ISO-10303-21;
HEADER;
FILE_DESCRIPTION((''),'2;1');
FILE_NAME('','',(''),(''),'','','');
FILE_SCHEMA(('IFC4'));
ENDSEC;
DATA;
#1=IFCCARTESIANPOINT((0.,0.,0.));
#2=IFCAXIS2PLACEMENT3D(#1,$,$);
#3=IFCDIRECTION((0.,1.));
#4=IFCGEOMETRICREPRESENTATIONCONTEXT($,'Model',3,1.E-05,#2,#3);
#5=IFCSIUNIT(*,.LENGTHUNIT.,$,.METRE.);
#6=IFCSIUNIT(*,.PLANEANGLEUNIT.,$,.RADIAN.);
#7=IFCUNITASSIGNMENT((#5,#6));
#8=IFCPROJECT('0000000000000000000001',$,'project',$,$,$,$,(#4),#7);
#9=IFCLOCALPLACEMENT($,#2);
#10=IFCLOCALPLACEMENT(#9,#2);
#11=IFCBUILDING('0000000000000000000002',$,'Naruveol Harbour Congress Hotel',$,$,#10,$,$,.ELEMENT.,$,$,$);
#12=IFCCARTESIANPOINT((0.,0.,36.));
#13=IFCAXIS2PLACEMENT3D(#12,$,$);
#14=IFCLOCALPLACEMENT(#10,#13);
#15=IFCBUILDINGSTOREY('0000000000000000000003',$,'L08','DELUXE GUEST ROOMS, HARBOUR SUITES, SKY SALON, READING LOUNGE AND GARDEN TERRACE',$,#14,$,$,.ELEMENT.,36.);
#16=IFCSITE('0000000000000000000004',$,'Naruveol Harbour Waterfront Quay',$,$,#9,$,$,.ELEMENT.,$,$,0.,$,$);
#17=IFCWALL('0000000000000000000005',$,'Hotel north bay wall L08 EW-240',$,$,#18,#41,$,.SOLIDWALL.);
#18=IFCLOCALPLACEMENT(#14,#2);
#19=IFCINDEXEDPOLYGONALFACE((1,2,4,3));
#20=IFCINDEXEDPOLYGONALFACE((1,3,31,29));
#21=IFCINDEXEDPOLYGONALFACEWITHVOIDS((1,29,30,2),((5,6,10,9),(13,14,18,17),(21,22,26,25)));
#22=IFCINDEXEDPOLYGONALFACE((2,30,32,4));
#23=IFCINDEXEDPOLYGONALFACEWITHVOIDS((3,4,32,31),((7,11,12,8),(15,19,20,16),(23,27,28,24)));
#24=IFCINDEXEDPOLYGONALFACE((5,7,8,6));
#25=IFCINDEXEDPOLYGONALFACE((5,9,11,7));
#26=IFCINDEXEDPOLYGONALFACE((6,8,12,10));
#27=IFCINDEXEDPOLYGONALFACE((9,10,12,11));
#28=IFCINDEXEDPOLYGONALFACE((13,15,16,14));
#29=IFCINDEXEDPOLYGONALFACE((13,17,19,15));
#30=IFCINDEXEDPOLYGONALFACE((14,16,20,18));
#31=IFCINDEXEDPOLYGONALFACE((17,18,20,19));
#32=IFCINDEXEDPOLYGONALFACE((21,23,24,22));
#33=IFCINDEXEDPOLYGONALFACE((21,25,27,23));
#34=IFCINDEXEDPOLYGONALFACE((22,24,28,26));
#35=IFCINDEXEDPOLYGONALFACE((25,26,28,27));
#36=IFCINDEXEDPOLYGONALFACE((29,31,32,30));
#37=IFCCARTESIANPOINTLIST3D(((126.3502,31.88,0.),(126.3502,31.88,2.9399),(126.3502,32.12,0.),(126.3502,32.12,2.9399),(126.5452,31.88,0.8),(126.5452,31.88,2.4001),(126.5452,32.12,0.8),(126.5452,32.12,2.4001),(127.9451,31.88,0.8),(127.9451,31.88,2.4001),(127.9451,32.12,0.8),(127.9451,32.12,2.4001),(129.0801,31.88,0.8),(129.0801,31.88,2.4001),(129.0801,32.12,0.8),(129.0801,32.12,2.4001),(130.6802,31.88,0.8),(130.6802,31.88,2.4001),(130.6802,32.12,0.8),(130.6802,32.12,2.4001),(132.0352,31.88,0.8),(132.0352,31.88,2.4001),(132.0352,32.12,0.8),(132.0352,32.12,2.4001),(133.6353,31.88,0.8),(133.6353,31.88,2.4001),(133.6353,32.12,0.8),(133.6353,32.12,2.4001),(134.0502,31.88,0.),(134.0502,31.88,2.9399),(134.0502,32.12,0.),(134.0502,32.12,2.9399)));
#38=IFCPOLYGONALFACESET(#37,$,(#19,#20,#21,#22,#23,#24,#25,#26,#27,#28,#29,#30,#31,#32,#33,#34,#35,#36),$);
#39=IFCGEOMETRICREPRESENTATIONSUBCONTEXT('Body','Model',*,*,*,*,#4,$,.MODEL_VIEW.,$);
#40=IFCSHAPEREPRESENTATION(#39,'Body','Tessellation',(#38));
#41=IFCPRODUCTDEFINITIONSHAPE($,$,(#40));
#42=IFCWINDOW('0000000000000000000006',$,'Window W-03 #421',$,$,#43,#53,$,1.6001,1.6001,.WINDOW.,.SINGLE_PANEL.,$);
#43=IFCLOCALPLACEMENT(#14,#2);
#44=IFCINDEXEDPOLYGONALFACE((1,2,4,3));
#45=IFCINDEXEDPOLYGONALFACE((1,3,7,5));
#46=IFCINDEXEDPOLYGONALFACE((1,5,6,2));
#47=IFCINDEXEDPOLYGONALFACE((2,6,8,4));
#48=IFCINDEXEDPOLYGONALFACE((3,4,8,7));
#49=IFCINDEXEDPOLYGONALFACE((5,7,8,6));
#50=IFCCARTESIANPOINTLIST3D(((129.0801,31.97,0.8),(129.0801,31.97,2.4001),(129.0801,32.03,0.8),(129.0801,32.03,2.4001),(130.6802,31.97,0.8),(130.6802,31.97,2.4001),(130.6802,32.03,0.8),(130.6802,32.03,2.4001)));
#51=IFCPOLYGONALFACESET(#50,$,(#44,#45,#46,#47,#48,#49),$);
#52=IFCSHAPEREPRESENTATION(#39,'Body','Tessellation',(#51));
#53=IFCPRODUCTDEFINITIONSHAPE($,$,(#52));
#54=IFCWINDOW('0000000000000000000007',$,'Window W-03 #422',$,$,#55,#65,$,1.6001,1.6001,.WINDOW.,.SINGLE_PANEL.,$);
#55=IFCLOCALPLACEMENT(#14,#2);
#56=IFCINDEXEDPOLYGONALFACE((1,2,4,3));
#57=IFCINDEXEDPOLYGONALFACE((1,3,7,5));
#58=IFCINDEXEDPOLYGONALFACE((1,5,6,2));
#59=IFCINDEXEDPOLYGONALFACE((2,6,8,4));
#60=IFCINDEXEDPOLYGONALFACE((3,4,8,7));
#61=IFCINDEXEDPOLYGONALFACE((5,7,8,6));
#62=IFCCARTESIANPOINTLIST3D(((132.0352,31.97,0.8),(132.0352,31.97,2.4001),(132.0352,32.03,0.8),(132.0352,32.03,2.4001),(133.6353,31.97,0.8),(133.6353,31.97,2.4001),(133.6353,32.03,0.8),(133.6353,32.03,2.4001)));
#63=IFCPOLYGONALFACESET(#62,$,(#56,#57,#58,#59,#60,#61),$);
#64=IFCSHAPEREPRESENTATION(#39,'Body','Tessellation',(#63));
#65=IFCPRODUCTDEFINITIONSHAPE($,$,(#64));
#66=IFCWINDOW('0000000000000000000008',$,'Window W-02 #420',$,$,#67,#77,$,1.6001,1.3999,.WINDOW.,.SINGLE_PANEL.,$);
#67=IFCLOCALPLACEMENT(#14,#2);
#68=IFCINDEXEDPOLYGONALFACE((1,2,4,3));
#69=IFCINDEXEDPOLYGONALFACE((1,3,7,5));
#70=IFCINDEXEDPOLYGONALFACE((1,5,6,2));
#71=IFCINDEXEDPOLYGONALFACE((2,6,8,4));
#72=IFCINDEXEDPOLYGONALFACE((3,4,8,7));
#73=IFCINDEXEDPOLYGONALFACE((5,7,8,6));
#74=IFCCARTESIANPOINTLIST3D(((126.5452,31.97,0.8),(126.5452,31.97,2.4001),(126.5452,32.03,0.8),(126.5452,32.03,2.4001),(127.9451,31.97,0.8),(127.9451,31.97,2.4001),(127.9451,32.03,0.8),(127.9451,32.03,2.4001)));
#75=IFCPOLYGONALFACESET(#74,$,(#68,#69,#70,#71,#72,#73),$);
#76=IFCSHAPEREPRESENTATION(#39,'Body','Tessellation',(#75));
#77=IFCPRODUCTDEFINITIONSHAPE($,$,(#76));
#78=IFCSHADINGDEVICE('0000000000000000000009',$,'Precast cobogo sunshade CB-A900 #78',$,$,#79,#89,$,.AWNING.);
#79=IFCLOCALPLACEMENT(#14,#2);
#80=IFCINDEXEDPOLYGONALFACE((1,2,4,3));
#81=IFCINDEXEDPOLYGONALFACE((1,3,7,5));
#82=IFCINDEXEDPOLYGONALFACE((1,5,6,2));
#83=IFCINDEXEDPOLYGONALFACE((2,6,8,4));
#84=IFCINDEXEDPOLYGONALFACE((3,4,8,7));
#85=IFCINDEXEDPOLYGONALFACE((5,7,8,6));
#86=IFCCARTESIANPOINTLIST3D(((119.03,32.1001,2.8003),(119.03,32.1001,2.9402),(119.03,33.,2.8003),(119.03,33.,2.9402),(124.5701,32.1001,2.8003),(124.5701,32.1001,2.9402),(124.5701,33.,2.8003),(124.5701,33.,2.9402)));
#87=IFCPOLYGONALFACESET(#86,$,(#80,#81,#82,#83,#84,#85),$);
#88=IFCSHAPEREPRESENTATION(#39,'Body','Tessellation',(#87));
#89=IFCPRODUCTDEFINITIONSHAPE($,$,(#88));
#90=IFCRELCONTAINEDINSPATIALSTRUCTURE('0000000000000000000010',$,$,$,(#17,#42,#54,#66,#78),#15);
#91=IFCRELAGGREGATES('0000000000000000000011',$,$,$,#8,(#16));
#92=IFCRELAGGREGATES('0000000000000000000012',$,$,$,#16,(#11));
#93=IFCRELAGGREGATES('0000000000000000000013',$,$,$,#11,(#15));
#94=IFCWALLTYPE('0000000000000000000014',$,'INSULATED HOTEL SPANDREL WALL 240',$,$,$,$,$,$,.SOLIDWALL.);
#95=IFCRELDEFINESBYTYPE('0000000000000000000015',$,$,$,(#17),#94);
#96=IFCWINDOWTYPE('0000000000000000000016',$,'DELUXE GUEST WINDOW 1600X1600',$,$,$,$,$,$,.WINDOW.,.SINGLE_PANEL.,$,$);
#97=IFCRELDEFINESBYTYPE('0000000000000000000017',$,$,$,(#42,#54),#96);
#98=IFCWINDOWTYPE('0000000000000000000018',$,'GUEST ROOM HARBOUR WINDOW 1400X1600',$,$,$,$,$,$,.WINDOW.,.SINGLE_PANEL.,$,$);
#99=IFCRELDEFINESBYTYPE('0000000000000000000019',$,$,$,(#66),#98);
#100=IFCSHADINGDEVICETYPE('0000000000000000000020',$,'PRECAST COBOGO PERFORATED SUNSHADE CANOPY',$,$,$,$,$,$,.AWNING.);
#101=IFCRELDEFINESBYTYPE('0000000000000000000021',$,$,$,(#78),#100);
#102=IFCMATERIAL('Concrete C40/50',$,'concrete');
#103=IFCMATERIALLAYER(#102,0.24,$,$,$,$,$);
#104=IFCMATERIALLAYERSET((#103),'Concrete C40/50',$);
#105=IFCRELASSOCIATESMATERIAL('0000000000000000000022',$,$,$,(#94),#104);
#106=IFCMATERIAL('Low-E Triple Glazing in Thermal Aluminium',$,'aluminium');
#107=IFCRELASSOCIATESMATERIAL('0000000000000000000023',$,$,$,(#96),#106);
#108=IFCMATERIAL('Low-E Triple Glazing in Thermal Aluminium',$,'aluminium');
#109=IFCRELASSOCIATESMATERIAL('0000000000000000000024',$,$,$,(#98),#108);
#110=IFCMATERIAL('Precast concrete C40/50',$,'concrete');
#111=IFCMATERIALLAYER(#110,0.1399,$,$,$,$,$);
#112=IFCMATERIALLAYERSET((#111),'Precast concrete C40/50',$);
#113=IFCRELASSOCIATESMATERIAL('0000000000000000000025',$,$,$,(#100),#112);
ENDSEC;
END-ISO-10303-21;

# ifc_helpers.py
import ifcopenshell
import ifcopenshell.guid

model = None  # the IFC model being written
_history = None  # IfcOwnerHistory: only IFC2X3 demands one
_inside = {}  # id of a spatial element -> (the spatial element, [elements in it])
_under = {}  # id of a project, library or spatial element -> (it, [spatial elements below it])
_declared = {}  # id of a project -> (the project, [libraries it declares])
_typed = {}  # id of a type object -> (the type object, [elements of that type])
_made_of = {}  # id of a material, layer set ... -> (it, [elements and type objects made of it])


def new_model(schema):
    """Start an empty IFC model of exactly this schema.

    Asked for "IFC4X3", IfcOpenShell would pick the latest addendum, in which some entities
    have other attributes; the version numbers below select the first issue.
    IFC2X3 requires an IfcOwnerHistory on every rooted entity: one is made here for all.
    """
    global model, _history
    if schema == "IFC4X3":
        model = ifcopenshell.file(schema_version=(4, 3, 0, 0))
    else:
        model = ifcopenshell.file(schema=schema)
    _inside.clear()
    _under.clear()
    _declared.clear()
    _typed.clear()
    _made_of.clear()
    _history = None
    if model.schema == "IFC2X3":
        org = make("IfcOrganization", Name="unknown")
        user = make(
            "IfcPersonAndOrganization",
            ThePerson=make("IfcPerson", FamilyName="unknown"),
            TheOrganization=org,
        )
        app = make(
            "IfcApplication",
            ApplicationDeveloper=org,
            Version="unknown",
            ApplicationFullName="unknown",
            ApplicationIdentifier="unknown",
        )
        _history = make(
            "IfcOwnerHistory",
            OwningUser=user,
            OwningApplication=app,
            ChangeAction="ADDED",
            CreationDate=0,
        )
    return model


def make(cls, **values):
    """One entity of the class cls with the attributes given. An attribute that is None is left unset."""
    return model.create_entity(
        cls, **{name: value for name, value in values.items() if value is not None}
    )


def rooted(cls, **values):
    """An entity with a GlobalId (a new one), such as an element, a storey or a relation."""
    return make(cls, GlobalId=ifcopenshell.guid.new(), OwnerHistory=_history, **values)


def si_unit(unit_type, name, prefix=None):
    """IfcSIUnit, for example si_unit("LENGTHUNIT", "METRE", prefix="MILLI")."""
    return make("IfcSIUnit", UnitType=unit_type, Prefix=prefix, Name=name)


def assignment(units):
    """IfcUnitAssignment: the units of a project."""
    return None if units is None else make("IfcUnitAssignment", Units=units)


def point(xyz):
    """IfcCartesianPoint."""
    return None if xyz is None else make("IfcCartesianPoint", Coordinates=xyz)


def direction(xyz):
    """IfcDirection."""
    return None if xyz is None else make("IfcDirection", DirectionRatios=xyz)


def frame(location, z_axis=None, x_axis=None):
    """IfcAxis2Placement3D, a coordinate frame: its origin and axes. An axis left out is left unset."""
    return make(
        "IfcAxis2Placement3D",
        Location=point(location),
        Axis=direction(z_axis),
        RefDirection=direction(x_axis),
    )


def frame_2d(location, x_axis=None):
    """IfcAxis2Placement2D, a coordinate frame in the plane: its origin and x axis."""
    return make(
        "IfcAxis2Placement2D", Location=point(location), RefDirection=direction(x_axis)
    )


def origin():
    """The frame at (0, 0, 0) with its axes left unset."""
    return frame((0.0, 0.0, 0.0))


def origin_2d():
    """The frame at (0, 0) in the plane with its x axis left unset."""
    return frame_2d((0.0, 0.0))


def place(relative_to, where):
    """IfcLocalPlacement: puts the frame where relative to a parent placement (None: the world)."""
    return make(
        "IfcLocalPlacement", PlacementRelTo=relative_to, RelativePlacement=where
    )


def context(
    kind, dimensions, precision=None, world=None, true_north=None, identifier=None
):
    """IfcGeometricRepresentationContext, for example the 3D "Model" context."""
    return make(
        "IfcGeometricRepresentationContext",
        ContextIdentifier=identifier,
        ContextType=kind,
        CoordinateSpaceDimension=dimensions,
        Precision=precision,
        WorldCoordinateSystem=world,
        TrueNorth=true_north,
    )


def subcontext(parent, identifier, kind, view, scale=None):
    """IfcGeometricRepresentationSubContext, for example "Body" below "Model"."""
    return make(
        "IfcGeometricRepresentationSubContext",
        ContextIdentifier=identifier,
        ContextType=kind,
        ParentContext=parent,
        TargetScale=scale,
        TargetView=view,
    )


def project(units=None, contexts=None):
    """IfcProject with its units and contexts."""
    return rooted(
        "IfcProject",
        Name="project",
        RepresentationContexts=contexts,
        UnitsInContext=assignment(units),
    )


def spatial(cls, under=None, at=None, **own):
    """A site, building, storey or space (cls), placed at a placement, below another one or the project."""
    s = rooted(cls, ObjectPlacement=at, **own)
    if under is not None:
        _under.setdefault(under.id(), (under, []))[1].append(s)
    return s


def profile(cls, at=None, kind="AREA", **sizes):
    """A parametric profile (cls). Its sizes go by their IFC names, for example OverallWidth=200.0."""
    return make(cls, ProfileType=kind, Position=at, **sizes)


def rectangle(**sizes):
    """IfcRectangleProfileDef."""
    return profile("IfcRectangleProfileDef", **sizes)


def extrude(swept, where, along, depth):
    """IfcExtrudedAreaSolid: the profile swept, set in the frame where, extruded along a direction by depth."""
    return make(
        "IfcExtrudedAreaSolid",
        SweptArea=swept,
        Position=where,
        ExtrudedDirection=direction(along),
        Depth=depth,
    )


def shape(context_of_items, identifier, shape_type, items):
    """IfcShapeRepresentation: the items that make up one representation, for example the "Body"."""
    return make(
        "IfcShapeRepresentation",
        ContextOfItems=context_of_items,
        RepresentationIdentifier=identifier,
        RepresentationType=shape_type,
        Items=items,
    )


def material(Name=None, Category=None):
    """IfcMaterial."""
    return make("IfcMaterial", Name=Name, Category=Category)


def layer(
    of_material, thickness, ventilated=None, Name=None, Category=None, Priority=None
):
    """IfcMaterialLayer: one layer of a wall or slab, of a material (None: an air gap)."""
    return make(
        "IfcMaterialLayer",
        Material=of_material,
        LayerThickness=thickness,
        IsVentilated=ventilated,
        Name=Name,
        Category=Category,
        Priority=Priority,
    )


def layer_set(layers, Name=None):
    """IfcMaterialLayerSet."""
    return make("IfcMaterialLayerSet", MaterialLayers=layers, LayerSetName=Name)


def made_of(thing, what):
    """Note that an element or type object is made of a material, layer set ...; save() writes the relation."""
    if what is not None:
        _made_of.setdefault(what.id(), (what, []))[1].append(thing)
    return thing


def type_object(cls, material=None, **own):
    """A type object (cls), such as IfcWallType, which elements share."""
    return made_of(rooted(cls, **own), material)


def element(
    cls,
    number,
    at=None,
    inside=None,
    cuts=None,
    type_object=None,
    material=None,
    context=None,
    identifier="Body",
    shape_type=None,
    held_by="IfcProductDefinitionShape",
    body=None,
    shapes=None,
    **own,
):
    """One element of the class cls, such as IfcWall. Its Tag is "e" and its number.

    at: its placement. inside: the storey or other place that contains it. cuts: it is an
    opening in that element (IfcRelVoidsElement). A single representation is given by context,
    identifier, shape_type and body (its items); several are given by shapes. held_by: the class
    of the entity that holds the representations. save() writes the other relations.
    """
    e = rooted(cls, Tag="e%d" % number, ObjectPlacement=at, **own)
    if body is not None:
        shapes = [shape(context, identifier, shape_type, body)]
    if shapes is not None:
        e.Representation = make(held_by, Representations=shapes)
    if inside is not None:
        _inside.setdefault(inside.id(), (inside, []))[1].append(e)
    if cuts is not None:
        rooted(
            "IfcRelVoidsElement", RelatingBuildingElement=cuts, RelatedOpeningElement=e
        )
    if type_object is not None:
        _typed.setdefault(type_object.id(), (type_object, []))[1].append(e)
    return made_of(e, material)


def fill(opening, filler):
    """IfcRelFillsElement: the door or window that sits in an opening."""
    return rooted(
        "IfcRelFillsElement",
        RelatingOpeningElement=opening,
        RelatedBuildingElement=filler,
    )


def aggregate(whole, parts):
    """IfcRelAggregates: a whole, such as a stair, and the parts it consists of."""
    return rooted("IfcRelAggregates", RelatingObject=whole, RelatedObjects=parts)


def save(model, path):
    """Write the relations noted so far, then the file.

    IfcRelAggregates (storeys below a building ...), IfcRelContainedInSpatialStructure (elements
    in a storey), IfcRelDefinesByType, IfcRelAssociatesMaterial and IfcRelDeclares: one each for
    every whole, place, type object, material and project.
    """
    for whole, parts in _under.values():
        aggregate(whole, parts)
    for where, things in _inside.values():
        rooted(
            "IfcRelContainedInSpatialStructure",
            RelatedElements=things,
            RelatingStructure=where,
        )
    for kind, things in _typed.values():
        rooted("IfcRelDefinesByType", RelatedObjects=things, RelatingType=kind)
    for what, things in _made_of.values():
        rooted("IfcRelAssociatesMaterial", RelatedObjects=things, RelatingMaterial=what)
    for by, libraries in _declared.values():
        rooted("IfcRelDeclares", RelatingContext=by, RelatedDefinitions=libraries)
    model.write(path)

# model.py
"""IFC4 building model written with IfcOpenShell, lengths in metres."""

from ifc_helpers import new_model, si_unit, direction, frame, frame_2d, origin, origin_2d, place, context, subcontext, project, spatial, rectangle, extrude, material, layer, layer_set, type_object, element, fill, save


model = new_model("IFC4")

# Units and contexts
model_context = context("Model", 3, precision=1e-05, world=origin(), true_north=direction((0.0, 1.0)))
body_context = subcontext(model_context, "Body", "Model", "MODEL_VIEW")
ifc_project = project(units=[si_unit("LENGTHUNIT", "METRE"), si_unit("PLANEANGLEUNIT", "RADIAN")], contexts=[model_context])

# Site, building, storey
site_placement = place(None, origin())
site = spatial("IfcSite", under=ifc_project, at=site_placement, Name="Naruveol Harbour Waterfront Quay", CompositionType="ELEMENT", RefElevation=0.0)
building_placement = place(site_placement, origin())
building = spatial("IfcBuilding", under=site, at=building_placement, Name="Naruveol Harbour Congress Hotel", CompositionType="ELEMENT")
storey_placement = place(building_placement, frame((0.0, 0.0, 36.0)))
storey = spatial("IfcBuildingStorey", under=building, at=storey_placement, Name="L08", Description="DELUXE GUEST ROOMS, HARBOUR SUITES, SKY SALON, READING LOUNGE AND GARDEN TERRACE", CompositionType="ELEMENT", Elevation=36.0)

# Wall, openings, windows
ifc_material_1 = material(Name="Concrete C40/50", Category="concrete")
ifc_layer_1 = layer(ifc_material_1, 0.24)
ifc_layer_set_1 = layer_set([ifc_layer_1], Name="Concrete C40/50")
wall_type_1 = type_object("IfcWallType", Name="INSULATED HOTEL SPANDREL WALL 240", PredefinedType="SOLIDWALL", material=ifc_layer_set_1)
wall_1_placement = place(storey_placement, frame((126.3501, 32.0, 0.0), z_axis=(0.0, 0.0, 1.0), x_axis=(1.0, 0.0, 0.0)))
wall_1 = element("IfcWall", 1, at=wall_1_placement, inside=storey, type_object=wall_type_1, Name="Hotel north bay wall L08 EW-240", PredefinedType="SOLIDWALL", context=body_context, shape_type="SweptSolid", body=[
    extrude(rectangle(XDim=7.7, YDim=0.24, at=frame_2d((3.8501, 0.0))), origin(), (0.0, 0.0, 1.0), 2.9399),
])
opening_1_placement = place(wall_1_placement, frame((0.1951, 0.0, 0.8)))
opening_1 = element("IfcOpeningElement", 2, at=opening_1_placement, cuts=wall_1, PredefinedType="OPENING", context=body_context, shape_type="SweptSolid", body=[
    extrude(rectangle(XDim=1.3999, YDim=1.6001, at=frame_2d((0.7, 0.8))), frame((0.0, 0.1299, 0.0), z_axis=(0.0, -1.0, 0.0), x_axis=(1.0, 0.0, 0.0)), (0.0, 0.0, 1.0), 0.26),
])
opening_2_placement = place(wall_1_placement, frame((2.73, 0.0, 0.8)))
opening_2 = element("IfcOpeningElement", 3, at=opening_2_placement, cuts=wall_1, PredefinedType="OPENING", context=body_context, shape_type="SweptSolid", body=[
    extrude(rectangle(XDim=1.6001, YDim=1.6001, at=frame_2d((0.8, 0.8))), frame((0.0, 0.1299, 0.0), z_axis=(0.0, -1.0, 0.0), x_axis=(1.0, 0.0, 0.0)), (0.0, 0.0, 1.0), 0.26),
])
opening_3_placement = place(wall_1_placement, frame((5.6851, 0.0, 0.8)))
opening_3 = element("IfcOpeningElement", 4, at=opening_3_placement, cuts=wall_1, PredefinedType="OPENING", context=body_context, shape_type="SweptSolid", body=[
    extrude(rectangle(XDim=1.6001, YDim=1.6001, at=frame_2d((0.8, 0.8))), frame((0.0, 0.1299, 0.0), z_axis=(0.0, -1.0, 0.0), x_axis=(1.0, 0.0, 0.0)), (0.0, 0.0, 1.0), 0.26),
])
ifc_material_2 = material(Name="Low-E Triple Glazing in Thermal Aluminium", Category="aluminium")
window_type_1 = type_object("IfcWindowType", Name="DELUXE GUEST WINDOW 1600X1600", PartitioningType="SINGLE_PANEL", PredefinedType="WINDOW", material=ifc_material_2)
window_1_placement = place(opening_2_placement, origin())
window_1 = element("IfcWindow", 5, at=window_1_placement, inside=storey, type_object=window_type_1, Name="Window W-03 #421", OverallHeight=1.6001, OverallWidth=1.6001, PartitioningType="SINGLE_PANEL", PredefinedType="WINDOW", context=body_context, shape_type="SweptSolid", body=[
    extrude(rectangle(XDim=1.6001, YDim=1.6001, at=frame_2d((0.8, 0.8))), frame((0.0, 0.03, 0.0), z_axis=(0.0, -1.0, 0.0), x_axis=(1.0, 0.0, 0.0)), (0.0, 0.0, 1.0), 0.0601),
])
fill(opening_2, window_1)
window_2_placement = place(opening_3_placement, origin())
window_2 = element("IfcWindow", 6, at=window_2_placement, inside=storey, type_object=window_type_1, Name="Window W-03 #422", OverallHeight=1.6001, OverallWidth=1.6001, PartitioningType="SINGLE_PANEL", PredefinedType="WINDOW", context=body_context, shape_type="SweptSolid", body=[
    extrude(rectangle(XDim=1.6001, YDim=1.6001, at=frame_2d((0.8, 0.8))), frame((0.0, 0.03, 0.0), z_axis=(0.0, -1.0, 0.0), x_axis=(1.0, 0.0, 0.0)), (0.0, 0.0, 1.0), 0.0601),
])
fill(opening_3, window_2)
ifc_material_3 = material(Name="Low-E Triple Glazing in Thermal Aluminium", Category="aluminium")
window_type_2 = type_object("IfcWindowType", Name="GUEST ROOM HARBOUR WINDOW 1400X1600", PartitioningType="SINGLE_PANEL", PredefinedType="WINDOW", material=ifc_material_3)
window_3_placement = place(opening_1_placement, origin())
window_3 = element("IfcWindow", 7, at=window_3_placement, inside=storey, type_object=window_type_2, Name="Window W-02 #420", OverallHeight=1.6001, OverallWidth=1.3999, PartitioningType="SINGLE_PANEL", PredefinedType="WINDOW", context=body_context, shape_type="SweptSolid", body=[
    extrude(rectangle(XDim=1.3999, YDim=1.6001, at=frame_2d((0.7, 0.8))), frame((0.0, 0.03, 0.0), z_axis=(0.0, -1.0, 0.0), x_axis=(1.0, 0.0, 0.0)), (0.0, 0.0, 1.0), 0.0601),
])
fill(opening_1, window_3)

# Shading device
ifc_material_4 = material(Name="Precast concrete C40/50", Category="concrete")
ifc_layer_2 = layer(ifc_material_4, 0.1399)
ifc_layer_set_2 = layer_set([ifc_layer_2], Name="Precast concrete C40/50")
shading_device_type = type_object("IfcShadingDeviceType", Name="PRECAST COBOGO PERFORATED SUNSHADE CANOPY", PredefinedType="AWNING", material=ifc_layer_set_2)
shading_device_placement = place(storey_placement, frame((121.8, 32.55, 2.8003), z_axis=(0.0, 0.0, 1.0), x_axis=(1.0, 0.0, 0.0)))
element("IfcShadingDevice", 8, at=shading_device_placement, inside=storey, type_object=shading_device_type, Name="Precast cobogo sunshade CB-A900 #78", PredefinedType="AWNING", context=body_context, shape_type="SweptSolid", body=[
    extrude(rectangle(XDim=5.54, YDim=0.8999, at=origin_2d()), origin(), (0.0, 0.0, 1.0), 0.1399),
])

save(model, "model.ifc")
